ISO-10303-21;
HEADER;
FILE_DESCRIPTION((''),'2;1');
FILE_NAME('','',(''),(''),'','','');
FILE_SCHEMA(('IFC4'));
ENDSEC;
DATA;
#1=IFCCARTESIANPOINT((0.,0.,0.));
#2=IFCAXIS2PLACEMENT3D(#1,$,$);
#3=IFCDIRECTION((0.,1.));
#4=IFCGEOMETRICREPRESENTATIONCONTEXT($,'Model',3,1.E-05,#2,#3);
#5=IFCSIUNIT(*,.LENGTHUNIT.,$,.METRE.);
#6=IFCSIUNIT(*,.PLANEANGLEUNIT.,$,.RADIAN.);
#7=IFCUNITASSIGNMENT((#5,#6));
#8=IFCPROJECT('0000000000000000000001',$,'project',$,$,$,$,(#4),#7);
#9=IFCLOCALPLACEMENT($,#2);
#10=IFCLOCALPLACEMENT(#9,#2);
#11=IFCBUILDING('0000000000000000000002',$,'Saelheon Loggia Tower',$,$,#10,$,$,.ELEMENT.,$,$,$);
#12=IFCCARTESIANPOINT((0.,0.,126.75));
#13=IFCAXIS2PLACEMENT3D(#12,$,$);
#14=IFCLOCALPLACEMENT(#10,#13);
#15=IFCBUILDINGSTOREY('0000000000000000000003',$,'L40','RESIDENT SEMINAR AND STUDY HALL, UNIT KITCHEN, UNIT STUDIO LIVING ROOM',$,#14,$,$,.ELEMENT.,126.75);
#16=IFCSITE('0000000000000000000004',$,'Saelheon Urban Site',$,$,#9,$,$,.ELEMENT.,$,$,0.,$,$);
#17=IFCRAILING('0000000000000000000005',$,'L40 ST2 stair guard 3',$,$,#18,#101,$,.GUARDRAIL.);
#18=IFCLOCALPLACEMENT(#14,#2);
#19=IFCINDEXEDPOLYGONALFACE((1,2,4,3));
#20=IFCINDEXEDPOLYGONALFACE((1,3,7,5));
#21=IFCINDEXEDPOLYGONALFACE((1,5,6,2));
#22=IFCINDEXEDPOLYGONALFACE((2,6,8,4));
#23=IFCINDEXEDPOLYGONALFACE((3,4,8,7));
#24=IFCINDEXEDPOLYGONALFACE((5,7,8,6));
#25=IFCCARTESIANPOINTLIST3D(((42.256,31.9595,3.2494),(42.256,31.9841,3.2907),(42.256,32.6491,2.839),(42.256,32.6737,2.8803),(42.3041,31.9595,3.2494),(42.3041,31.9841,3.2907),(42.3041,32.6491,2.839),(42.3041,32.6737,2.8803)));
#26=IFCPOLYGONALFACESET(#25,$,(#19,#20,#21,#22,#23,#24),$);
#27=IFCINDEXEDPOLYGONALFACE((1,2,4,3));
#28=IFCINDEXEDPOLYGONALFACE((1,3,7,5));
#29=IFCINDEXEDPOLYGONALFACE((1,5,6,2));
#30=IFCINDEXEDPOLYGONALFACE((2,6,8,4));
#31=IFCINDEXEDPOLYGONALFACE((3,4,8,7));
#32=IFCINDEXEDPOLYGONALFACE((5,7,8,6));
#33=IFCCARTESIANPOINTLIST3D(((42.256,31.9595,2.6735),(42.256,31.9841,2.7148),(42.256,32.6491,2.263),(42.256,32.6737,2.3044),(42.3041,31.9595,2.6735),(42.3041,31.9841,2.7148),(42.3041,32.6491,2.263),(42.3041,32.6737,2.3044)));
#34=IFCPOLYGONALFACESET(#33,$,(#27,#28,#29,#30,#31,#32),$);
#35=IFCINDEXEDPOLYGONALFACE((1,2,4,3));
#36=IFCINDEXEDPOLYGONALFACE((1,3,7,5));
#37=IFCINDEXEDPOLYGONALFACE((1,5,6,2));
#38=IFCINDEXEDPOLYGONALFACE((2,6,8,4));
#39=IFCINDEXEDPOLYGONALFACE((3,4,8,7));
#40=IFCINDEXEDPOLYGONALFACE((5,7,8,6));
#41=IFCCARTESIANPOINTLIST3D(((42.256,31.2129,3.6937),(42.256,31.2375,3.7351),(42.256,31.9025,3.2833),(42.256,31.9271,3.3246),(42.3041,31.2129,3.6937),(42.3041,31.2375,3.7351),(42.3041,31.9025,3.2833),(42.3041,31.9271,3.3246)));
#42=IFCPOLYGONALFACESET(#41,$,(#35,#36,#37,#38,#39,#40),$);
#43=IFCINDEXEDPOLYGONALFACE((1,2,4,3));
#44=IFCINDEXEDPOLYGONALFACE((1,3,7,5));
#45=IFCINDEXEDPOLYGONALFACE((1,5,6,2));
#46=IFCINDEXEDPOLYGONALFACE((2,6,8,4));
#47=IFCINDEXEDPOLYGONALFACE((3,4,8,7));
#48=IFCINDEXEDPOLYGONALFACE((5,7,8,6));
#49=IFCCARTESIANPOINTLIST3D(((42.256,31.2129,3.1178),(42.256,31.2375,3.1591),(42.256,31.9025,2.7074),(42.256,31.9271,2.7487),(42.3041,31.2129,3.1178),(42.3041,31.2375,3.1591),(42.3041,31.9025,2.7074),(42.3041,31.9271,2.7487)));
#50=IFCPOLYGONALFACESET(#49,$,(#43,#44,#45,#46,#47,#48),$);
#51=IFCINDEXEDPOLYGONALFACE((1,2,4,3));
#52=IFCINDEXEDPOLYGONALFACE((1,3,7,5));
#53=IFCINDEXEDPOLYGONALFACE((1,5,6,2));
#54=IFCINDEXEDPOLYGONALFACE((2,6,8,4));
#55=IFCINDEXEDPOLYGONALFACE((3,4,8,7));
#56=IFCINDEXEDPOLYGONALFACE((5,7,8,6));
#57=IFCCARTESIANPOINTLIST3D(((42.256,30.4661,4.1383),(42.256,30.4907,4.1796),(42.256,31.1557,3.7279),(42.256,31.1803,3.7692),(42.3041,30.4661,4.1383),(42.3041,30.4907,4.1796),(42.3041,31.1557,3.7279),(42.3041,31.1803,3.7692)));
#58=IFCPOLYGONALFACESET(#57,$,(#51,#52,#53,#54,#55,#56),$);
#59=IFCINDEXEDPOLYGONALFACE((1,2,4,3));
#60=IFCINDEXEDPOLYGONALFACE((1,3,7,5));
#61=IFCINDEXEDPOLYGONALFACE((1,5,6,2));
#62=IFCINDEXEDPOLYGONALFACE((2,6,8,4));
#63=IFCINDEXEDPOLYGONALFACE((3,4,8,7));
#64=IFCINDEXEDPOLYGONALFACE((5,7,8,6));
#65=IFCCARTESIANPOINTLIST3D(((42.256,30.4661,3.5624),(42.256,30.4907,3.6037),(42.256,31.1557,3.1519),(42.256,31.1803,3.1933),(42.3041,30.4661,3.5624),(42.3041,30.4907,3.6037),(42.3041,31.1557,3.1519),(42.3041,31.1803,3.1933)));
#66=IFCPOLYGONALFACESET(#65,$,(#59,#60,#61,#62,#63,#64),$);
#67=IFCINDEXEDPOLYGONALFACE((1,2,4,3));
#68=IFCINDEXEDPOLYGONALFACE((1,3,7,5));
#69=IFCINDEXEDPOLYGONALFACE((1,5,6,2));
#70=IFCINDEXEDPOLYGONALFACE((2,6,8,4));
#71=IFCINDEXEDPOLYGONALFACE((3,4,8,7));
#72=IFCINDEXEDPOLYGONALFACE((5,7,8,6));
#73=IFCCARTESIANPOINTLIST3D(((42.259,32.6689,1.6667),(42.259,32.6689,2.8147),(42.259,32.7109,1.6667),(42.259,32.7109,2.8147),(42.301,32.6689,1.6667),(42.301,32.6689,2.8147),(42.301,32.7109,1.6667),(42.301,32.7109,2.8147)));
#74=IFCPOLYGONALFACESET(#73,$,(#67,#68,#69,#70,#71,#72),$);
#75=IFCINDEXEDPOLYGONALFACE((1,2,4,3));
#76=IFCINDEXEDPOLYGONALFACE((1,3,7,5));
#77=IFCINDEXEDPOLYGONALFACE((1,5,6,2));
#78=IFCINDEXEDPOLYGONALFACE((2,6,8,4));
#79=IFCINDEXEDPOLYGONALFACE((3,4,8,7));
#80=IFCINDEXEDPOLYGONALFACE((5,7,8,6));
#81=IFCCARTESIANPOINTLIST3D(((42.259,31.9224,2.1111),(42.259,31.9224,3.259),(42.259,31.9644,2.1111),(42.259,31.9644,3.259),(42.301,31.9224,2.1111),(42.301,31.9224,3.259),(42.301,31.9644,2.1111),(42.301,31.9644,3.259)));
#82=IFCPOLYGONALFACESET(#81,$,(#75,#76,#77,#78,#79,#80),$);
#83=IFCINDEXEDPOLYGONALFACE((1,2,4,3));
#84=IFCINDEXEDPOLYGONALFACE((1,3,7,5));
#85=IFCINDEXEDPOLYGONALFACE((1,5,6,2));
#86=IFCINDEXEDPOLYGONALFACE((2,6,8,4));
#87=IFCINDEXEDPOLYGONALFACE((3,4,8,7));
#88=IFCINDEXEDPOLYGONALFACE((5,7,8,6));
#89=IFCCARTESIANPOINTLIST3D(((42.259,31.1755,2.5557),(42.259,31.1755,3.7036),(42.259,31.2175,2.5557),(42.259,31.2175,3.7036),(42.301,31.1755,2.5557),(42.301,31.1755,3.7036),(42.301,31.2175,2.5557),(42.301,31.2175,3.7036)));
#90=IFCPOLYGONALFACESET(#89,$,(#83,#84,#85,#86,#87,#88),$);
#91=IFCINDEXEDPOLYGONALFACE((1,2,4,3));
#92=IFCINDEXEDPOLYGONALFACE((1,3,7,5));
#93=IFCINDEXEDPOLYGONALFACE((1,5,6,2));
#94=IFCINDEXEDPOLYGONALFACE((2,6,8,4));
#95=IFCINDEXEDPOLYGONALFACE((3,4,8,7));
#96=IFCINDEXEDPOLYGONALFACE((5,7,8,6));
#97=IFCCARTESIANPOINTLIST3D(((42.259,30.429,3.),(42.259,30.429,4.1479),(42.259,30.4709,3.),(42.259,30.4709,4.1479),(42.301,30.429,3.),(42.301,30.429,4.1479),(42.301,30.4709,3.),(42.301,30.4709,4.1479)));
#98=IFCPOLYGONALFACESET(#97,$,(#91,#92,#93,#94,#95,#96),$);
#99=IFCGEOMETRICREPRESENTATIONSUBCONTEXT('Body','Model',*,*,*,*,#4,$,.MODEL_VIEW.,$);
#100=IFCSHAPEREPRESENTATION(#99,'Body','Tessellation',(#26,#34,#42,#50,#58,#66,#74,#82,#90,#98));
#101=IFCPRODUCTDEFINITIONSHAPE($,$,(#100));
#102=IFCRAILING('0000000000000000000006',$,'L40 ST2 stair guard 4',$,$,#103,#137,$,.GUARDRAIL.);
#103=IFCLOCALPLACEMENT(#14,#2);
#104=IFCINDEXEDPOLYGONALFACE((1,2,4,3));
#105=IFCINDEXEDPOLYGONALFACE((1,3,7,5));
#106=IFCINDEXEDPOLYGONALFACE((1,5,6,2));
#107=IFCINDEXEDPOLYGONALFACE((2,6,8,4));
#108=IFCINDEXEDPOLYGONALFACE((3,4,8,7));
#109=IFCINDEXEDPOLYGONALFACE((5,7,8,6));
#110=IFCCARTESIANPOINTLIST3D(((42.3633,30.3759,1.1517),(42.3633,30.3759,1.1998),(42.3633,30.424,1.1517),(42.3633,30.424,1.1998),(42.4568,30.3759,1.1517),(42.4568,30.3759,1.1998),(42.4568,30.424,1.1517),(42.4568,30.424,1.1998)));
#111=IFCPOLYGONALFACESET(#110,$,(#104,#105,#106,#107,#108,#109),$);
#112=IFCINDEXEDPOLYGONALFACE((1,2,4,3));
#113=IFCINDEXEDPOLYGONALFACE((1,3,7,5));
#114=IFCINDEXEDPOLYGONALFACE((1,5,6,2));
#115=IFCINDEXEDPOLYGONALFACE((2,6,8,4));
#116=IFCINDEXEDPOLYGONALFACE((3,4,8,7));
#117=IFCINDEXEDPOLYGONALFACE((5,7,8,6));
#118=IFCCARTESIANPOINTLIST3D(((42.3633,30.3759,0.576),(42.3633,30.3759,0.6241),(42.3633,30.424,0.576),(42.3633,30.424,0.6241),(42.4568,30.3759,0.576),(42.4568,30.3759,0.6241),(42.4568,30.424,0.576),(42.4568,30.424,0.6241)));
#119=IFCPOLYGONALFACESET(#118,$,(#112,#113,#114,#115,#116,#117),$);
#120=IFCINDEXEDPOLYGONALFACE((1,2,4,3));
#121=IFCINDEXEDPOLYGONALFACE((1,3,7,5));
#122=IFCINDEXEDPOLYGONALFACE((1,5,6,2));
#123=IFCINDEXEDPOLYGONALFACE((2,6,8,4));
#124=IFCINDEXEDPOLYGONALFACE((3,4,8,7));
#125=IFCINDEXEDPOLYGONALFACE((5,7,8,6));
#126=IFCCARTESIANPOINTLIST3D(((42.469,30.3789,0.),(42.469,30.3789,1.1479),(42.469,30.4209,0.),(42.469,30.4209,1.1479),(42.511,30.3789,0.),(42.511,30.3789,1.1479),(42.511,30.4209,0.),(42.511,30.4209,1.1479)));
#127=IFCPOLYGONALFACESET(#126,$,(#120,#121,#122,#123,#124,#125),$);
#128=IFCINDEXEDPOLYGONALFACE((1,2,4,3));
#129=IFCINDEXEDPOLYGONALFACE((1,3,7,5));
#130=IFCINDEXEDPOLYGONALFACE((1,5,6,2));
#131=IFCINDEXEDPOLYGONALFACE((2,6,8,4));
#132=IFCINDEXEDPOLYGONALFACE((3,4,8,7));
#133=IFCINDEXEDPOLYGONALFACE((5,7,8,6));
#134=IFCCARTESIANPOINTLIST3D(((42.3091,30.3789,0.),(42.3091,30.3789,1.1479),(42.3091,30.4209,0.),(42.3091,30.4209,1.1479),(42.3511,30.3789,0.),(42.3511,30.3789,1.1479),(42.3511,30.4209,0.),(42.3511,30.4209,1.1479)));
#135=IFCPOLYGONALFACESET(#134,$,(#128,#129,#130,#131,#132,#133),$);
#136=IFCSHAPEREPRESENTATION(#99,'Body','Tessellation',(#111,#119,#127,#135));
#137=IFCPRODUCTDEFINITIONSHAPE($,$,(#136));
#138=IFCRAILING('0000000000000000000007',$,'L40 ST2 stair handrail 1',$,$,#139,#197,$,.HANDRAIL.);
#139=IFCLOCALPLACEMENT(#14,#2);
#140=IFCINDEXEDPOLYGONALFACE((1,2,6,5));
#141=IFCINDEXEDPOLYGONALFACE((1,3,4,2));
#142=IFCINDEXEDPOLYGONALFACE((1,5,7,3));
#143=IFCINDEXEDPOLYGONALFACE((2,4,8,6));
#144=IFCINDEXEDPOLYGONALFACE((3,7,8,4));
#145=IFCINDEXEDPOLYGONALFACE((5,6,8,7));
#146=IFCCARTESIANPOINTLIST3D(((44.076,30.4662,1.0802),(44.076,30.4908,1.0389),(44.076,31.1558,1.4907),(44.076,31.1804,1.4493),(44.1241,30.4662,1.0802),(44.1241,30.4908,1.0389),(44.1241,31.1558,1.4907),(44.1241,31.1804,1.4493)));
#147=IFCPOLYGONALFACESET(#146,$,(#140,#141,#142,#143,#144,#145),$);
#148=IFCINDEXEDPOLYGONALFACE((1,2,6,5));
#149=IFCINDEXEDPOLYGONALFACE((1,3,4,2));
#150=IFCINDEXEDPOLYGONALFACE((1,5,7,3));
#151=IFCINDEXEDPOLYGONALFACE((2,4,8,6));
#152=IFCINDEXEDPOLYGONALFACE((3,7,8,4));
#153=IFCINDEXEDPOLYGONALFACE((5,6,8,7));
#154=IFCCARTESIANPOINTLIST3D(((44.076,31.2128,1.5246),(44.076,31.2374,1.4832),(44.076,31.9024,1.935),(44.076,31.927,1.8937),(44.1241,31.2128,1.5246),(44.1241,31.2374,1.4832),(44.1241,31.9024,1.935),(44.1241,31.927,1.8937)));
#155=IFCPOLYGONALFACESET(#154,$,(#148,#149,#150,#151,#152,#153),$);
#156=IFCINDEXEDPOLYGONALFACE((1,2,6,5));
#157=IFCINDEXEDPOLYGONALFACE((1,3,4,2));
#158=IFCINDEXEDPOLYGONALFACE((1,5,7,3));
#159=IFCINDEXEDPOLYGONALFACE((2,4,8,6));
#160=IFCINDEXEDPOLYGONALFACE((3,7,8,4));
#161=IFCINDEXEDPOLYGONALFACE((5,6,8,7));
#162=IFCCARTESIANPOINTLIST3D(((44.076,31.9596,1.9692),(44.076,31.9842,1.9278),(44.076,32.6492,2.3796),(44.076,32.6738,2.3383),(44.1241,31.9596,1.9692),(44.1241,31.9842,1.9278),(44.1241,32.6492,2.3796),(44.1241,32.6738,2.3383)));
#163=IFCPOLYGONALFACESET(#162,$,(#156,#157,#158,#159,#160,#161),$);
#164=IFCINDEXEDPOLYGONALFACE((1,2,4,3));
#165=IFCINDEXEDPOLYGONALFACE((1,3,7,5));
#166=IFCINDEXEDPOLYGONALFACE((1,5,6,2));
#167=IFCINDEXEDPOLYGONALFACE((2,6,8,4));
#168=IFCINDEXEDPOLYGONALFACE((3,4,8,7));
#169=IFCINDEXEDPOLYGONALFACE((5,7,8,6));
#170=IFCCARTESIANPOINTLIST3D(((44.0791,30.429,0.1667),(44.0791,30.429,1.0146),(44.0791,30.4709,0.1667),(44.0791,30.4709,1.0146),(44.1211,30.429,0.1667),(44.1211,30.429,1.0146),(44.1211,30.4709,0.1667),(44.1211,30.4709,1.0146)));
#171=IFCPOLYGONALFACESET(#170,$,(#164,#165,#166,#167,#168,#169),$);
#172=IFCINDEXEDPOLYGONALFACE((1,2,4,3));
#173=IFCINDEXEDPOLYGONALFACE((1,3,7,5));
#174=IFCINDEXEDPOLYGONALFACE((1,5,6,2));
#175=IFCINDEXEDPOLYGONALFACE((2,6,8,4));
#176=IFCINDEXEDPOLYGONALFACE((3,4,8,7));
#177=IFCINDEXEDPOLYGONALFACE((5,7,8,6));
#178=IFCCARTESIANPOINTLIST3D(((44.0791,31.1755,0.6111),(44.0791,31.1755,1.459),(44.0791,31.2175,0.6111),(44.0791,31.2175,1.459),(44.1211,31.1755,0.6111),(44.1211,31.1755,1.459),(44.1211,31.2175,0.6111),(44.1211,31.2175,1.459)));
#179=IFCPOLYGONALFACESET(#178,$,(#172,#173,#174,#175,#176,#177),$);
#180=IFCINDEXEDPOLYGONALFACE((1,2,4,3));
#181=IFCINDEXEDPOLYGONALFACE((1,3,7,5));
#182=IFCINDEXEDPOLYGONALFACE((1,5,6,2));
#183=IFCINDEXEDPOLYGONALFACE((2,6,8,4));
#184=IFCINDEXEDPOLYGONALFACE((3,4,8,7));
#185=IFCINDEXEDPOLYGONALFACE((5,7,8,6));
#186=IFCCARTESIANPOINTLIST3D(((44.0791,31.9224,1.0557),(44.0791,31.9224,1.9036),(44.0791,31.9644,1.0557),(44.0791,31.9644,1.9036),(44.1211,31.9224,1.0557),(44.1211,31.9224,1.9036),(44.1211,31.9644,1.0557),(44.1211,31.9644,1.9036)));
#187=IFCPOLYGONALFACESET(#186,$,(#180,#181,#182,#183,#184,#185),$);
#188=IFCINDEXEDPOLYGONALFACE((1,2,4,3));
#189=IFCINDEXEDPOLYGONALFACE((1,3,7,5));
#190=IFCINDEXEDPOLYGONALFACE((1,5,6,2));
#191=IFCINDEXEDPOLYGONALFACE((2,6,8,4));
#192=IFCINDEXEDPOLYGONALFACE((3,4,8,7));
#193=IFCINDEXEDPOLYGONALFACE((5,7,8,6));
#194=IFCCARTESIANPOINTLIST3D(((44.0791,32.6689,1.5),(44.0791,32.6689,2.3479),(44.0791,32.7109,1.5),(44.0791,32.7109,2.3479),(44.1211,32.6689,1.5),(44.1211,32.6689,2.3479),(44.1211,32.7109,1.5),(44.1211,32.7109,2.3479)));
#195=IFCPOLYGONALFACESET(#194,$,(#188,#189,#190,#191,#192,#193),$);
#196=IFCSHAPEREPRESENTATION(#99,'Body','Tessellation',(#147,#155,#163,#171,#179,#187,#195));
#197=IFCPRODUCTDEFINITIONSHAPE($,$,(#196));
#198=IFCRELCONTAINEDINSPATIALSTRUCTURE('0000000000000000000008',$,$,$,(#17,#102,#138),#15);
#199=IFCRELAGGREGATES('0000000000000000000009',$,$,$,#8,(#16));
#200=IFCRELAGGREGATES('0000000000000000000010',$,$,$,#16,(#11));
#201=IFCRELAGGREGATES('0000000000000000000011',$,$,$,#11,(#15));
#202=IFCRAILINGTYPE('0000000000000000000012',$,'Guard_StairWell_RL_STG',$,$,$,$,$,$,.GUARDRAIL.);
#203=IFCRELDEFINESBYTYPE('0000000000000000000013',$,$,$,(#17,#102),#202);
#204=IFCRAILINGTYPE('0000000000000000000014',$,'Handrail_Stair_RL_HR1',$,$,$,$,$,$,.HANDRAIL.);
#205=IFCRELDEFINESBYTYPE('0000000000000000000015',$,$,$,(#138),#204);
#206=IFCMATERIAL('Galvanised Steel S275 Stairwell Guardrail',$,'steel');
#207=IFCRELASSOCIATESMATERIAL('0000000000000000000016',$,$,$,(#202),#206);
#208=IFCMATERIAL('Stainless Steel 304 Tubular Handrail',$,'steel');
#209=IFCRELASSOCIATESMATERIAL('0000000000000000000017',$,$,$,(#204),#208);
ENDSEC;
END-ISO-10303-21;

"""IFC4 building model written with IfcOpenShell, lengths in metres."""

from ifc_helpers import new_model, si_unit, direction, frame, origin, origin_2d, place, context, subcontext, project, spatial, rectangle, extrude, material, type_object, element, save


model = new_model("IFC4")

# Units and contexts
model_context = context("Model", 3, precision=1e-05, world=origin(), true_north=direction((0.0, 1.0)))
body_context = subcontext(model_context, "Body", "Model", "MODEL_VIEW")
ifc_project = project(units=[si_unit("LENGTHUNIT", "METRE"), si_unit("PLANEANGLEUNIT", "RADIAN")], contexts=[model_context])

# Site, building, storey
site_placement = place(None, origin())
site = spatial("IfcSite", under=ifc_project, at=site_placement, Name="Saelheon Urban Site", CompositionType="ELEMENT", RefElevation=0.0)
building_placement = place(site_placement, origin())
building = spatial("IfcBuilding", under=site, at=building_placement, Name="Saelheon Loggia Tower", CompositionType="ELEMENT")
storey_placement = place(building_placement, frame((0.0, 0.0, 126.75)))
storey = spatial("IfcBuildingStorey", under=building, at=storey_placement, Name="L40", Description="RESIDENT SEMINAR AND STUDY HALL, UNIT KITCHEN, UNIT STUDIO LIVING ROOM", CompositionType="ELEMENT", Elevation=126.75)

# Railings
ifc_material_1 = material(Name="Galvanised Steel S275 Stairwell Guardrail", Category="steel")
railing_type_1 = type_object("IfcRailingType", Name="Guard_StairWell_RL_STG", PredefinedType="GUARDRAIL", material=ifc_material_1)
railing_1_placement = place(storey_placement, frame((42.28, 32.6899, 1.6667)))
element("IfcRailing", 1, at=railing_1_placement, inside=storey, type_object=railing_type_1, Name="L40 ST2 stair guard 3", PredefinedType="GUARDRAIL", context=body_context, shape_type="SweptSolid", body=[
    extrude(rectangle(XDim=0.0481, YDim=0.0481, at=origin_2d()), frame((0.0, -0.0286, 1.1929), z_axis=(0.0, -0.859306, 0.511462), x_axis=(1.0, 0.0, 0.0)), (0.0, 0.0, 1.0), 0.8025),
    extrude(rectangle(XDim=0.0481, YDim=0.0481, at=origin_2d()), frame((0.0, -0.0286, 0.6169), z_axis=(0.0, -0.859306, 0.511462), x_axis=(1.0, 0.0, 0.0)), (0.0, 0.0, 1.0), 0.8025),
    extrude(rectangle(XDim=0.0481, YDim=0.0481, at=origin_2d()), frame((0.0, -0.7751, 1.6372), z_axis=(0.0, -0.859306, 0.511462), x_axis=(1.0, 0.0, 0.0)), (0.0, 0.0, 1.0), 0.8025),
    extrude(rectangle(XDim=0.0481, YDim=0.0481, at=origin_2d()), frame((0.0, -0.7751, 1.0613), z_axis=(0.0, -0.859306, 0.511462), x_axis=(1.0, 0.0, 0.0)), (0.0, 0.0, 1.0), 0.8025),
    extrude(rectangle(XDim=0.0481, YDim=0.0481, at=origin_2d()), frame((0.0, -1.522, 2.0818), z_axis=(0.0, -0.859306, 0.511462), x_axis=(1.0, 0.0, 0.0)), (0.0, 0.0, 1.0), 0.8025),
    extrude(rectangle(XDim=0.0481, YDim=0.0481, at=origin_2d()), frame((0.0, -1.522, 1.5059), z_axis=(0.0, -0.859306, 0.511462), x_axis=(1.0, 0.0, 0.0)), (0.0, 0.0, 1.0), 0.8025),
    extrude(rectangle(XDim=0.042, YDim=0.042, at=origin_2d()), origin(), (0.0, 0.0, 1.0), 1.1479),
    extrude(rectangle(XDim=0.042, YDim=0.042, at=origin_2d()), frame((0.0, -0.7466, 0.4443)), (0.0, 0.0, 1.0), 1.1479),
    extrude(rectangle(XDim=0.042, YDim=0.042, at=origin_2d()), frame((0.0, -1.4934, 0.8889)), (0.0, 0.0, 1.0), 1.1479),
    extrude(rectangle(XDim=0.042, YDim=0.042, at=origin_2d()), frame((0.0, -2.24, 1.3333)), (0.0, 0.0, 1.0), 1.1479),
])
railing_2_placement = place(storey_placement, frame((42.49, 30.3999, 0.0)))
element("IfcRailing", 2, at=railing_2_placement, inside=storey, type_object=railing_type_1, Name="L40 ST2 stair guard 4", PredefinedType="GUARDRAIL", context=body_context, shape_type="SweptSolid", body=[
    extrude(rectangle(XDim=0.0481, YDim=0.0481, at=origin_2d()), frame((-0.0332, 0.0, 1.1758), z_axis=(-1.0, 0.0, 0.0), x_axis=(0.0, -1.0, 0.0)), (0.0, 0.0, 1.0), 0.0935),
    extrude(rectangle(XDim=0.0481, YDim=0.0481, at=origin_2d()), frame((-0.0332, 0.0, 0.6001), z_axis=(-1.0, 0.0, 0.0), x_axis=(0.0, -1.0, 0.0)), (0.0, 0.0, 1.0), 0.0935),
    extrude(rectangle(XDim=0.042, YDim=0.042, at=origin_2d()), origin(), (0.0, 0.0, 1.0), 1.1479),
    extrude(rectangle(XDim=0.042, YDim=0.042, at=origin_2d()), frame((-0.1599, 0.0, 0.0)), (0.0, 0.0, 1.0), 1.1479),
])
ifc_material_2 = material(Name="Stainless Steel 304 Tubular Handrail", Category="steel")
railing_type_2 = type_object("IfcRailingType", Name="Handrail_Stair_RL_HR1", PredefinedType="HANDRAIL", material=ifc_material_2)
railing_3_placement = place(storey_placement, frame((44.1001, 30.45, 0.1667)))
element("IfcRailing", 3, at=railing_3_placement, inside=storey, type_object=railing_type_2, Name="L40 ST2 stair handrail 1", PredefinedType="HANDRAIL", context=body_context, shape_type="SweptSolid", body=[
    extrude(rectangle(XDim=0.0481, YDim=0.0481, at=origin_2d()), frame((0.0, 0.0286, 0.8928), z_axis=(0.0, 0.859306, 0.511462), x_axis=(-1.0, 0.0, 0.0)), (0.0, 0.0, 1.0), 0.8025),
    extrude(rectangle(XDim=0.0481, YDim=0.0481, at=origin_2d()), frame((0.0, 0.7751, 1.3372), z_axis=(0.0, 0.859306, 0.511462), x_axis=(-1.0, 0.0, 0.0)), (0.0, 0.0, 1.0), 0.8025),
    extrude(rectangle(XDim=0.0481, YDim=0.0481, at=origin_2d()), frame((0.0, 1.522, 1.7817), z_axis=(0.0, 0.859306, 0.511462), x_axis=(-1.0, 0.0, 0.0)), (0.0, 0.0, 1.0), 0.8025),
    extrude(rectangle(XDim=0.042, YDim=0.042, at=origin_2d()), origin(), (0.0, 0.0, 1.0), 0.8479),
    extrude(rectangle(XDim=0.042, YDim=0.042, at=origin_2d()), frame((0.0, 0.7466, 0.4443)), (0.0, 0.0, 1.0), 0.8479),
    extrude(rectangle(XDim=0.042, YDim=0.042, at=origin_2d()), frame((0.0, 1.4934, 0.8889)), (0.0, 0.0, 1.0), 0.8479),
    extrude(rectangle(XDim=0.042, YDim=0.042, at=origin_2d()), frame((0.0, 2.24, 1.3333)), (0.0, 0.0, 1.0), 0.8479),
])

save(model, "model.ifc")
